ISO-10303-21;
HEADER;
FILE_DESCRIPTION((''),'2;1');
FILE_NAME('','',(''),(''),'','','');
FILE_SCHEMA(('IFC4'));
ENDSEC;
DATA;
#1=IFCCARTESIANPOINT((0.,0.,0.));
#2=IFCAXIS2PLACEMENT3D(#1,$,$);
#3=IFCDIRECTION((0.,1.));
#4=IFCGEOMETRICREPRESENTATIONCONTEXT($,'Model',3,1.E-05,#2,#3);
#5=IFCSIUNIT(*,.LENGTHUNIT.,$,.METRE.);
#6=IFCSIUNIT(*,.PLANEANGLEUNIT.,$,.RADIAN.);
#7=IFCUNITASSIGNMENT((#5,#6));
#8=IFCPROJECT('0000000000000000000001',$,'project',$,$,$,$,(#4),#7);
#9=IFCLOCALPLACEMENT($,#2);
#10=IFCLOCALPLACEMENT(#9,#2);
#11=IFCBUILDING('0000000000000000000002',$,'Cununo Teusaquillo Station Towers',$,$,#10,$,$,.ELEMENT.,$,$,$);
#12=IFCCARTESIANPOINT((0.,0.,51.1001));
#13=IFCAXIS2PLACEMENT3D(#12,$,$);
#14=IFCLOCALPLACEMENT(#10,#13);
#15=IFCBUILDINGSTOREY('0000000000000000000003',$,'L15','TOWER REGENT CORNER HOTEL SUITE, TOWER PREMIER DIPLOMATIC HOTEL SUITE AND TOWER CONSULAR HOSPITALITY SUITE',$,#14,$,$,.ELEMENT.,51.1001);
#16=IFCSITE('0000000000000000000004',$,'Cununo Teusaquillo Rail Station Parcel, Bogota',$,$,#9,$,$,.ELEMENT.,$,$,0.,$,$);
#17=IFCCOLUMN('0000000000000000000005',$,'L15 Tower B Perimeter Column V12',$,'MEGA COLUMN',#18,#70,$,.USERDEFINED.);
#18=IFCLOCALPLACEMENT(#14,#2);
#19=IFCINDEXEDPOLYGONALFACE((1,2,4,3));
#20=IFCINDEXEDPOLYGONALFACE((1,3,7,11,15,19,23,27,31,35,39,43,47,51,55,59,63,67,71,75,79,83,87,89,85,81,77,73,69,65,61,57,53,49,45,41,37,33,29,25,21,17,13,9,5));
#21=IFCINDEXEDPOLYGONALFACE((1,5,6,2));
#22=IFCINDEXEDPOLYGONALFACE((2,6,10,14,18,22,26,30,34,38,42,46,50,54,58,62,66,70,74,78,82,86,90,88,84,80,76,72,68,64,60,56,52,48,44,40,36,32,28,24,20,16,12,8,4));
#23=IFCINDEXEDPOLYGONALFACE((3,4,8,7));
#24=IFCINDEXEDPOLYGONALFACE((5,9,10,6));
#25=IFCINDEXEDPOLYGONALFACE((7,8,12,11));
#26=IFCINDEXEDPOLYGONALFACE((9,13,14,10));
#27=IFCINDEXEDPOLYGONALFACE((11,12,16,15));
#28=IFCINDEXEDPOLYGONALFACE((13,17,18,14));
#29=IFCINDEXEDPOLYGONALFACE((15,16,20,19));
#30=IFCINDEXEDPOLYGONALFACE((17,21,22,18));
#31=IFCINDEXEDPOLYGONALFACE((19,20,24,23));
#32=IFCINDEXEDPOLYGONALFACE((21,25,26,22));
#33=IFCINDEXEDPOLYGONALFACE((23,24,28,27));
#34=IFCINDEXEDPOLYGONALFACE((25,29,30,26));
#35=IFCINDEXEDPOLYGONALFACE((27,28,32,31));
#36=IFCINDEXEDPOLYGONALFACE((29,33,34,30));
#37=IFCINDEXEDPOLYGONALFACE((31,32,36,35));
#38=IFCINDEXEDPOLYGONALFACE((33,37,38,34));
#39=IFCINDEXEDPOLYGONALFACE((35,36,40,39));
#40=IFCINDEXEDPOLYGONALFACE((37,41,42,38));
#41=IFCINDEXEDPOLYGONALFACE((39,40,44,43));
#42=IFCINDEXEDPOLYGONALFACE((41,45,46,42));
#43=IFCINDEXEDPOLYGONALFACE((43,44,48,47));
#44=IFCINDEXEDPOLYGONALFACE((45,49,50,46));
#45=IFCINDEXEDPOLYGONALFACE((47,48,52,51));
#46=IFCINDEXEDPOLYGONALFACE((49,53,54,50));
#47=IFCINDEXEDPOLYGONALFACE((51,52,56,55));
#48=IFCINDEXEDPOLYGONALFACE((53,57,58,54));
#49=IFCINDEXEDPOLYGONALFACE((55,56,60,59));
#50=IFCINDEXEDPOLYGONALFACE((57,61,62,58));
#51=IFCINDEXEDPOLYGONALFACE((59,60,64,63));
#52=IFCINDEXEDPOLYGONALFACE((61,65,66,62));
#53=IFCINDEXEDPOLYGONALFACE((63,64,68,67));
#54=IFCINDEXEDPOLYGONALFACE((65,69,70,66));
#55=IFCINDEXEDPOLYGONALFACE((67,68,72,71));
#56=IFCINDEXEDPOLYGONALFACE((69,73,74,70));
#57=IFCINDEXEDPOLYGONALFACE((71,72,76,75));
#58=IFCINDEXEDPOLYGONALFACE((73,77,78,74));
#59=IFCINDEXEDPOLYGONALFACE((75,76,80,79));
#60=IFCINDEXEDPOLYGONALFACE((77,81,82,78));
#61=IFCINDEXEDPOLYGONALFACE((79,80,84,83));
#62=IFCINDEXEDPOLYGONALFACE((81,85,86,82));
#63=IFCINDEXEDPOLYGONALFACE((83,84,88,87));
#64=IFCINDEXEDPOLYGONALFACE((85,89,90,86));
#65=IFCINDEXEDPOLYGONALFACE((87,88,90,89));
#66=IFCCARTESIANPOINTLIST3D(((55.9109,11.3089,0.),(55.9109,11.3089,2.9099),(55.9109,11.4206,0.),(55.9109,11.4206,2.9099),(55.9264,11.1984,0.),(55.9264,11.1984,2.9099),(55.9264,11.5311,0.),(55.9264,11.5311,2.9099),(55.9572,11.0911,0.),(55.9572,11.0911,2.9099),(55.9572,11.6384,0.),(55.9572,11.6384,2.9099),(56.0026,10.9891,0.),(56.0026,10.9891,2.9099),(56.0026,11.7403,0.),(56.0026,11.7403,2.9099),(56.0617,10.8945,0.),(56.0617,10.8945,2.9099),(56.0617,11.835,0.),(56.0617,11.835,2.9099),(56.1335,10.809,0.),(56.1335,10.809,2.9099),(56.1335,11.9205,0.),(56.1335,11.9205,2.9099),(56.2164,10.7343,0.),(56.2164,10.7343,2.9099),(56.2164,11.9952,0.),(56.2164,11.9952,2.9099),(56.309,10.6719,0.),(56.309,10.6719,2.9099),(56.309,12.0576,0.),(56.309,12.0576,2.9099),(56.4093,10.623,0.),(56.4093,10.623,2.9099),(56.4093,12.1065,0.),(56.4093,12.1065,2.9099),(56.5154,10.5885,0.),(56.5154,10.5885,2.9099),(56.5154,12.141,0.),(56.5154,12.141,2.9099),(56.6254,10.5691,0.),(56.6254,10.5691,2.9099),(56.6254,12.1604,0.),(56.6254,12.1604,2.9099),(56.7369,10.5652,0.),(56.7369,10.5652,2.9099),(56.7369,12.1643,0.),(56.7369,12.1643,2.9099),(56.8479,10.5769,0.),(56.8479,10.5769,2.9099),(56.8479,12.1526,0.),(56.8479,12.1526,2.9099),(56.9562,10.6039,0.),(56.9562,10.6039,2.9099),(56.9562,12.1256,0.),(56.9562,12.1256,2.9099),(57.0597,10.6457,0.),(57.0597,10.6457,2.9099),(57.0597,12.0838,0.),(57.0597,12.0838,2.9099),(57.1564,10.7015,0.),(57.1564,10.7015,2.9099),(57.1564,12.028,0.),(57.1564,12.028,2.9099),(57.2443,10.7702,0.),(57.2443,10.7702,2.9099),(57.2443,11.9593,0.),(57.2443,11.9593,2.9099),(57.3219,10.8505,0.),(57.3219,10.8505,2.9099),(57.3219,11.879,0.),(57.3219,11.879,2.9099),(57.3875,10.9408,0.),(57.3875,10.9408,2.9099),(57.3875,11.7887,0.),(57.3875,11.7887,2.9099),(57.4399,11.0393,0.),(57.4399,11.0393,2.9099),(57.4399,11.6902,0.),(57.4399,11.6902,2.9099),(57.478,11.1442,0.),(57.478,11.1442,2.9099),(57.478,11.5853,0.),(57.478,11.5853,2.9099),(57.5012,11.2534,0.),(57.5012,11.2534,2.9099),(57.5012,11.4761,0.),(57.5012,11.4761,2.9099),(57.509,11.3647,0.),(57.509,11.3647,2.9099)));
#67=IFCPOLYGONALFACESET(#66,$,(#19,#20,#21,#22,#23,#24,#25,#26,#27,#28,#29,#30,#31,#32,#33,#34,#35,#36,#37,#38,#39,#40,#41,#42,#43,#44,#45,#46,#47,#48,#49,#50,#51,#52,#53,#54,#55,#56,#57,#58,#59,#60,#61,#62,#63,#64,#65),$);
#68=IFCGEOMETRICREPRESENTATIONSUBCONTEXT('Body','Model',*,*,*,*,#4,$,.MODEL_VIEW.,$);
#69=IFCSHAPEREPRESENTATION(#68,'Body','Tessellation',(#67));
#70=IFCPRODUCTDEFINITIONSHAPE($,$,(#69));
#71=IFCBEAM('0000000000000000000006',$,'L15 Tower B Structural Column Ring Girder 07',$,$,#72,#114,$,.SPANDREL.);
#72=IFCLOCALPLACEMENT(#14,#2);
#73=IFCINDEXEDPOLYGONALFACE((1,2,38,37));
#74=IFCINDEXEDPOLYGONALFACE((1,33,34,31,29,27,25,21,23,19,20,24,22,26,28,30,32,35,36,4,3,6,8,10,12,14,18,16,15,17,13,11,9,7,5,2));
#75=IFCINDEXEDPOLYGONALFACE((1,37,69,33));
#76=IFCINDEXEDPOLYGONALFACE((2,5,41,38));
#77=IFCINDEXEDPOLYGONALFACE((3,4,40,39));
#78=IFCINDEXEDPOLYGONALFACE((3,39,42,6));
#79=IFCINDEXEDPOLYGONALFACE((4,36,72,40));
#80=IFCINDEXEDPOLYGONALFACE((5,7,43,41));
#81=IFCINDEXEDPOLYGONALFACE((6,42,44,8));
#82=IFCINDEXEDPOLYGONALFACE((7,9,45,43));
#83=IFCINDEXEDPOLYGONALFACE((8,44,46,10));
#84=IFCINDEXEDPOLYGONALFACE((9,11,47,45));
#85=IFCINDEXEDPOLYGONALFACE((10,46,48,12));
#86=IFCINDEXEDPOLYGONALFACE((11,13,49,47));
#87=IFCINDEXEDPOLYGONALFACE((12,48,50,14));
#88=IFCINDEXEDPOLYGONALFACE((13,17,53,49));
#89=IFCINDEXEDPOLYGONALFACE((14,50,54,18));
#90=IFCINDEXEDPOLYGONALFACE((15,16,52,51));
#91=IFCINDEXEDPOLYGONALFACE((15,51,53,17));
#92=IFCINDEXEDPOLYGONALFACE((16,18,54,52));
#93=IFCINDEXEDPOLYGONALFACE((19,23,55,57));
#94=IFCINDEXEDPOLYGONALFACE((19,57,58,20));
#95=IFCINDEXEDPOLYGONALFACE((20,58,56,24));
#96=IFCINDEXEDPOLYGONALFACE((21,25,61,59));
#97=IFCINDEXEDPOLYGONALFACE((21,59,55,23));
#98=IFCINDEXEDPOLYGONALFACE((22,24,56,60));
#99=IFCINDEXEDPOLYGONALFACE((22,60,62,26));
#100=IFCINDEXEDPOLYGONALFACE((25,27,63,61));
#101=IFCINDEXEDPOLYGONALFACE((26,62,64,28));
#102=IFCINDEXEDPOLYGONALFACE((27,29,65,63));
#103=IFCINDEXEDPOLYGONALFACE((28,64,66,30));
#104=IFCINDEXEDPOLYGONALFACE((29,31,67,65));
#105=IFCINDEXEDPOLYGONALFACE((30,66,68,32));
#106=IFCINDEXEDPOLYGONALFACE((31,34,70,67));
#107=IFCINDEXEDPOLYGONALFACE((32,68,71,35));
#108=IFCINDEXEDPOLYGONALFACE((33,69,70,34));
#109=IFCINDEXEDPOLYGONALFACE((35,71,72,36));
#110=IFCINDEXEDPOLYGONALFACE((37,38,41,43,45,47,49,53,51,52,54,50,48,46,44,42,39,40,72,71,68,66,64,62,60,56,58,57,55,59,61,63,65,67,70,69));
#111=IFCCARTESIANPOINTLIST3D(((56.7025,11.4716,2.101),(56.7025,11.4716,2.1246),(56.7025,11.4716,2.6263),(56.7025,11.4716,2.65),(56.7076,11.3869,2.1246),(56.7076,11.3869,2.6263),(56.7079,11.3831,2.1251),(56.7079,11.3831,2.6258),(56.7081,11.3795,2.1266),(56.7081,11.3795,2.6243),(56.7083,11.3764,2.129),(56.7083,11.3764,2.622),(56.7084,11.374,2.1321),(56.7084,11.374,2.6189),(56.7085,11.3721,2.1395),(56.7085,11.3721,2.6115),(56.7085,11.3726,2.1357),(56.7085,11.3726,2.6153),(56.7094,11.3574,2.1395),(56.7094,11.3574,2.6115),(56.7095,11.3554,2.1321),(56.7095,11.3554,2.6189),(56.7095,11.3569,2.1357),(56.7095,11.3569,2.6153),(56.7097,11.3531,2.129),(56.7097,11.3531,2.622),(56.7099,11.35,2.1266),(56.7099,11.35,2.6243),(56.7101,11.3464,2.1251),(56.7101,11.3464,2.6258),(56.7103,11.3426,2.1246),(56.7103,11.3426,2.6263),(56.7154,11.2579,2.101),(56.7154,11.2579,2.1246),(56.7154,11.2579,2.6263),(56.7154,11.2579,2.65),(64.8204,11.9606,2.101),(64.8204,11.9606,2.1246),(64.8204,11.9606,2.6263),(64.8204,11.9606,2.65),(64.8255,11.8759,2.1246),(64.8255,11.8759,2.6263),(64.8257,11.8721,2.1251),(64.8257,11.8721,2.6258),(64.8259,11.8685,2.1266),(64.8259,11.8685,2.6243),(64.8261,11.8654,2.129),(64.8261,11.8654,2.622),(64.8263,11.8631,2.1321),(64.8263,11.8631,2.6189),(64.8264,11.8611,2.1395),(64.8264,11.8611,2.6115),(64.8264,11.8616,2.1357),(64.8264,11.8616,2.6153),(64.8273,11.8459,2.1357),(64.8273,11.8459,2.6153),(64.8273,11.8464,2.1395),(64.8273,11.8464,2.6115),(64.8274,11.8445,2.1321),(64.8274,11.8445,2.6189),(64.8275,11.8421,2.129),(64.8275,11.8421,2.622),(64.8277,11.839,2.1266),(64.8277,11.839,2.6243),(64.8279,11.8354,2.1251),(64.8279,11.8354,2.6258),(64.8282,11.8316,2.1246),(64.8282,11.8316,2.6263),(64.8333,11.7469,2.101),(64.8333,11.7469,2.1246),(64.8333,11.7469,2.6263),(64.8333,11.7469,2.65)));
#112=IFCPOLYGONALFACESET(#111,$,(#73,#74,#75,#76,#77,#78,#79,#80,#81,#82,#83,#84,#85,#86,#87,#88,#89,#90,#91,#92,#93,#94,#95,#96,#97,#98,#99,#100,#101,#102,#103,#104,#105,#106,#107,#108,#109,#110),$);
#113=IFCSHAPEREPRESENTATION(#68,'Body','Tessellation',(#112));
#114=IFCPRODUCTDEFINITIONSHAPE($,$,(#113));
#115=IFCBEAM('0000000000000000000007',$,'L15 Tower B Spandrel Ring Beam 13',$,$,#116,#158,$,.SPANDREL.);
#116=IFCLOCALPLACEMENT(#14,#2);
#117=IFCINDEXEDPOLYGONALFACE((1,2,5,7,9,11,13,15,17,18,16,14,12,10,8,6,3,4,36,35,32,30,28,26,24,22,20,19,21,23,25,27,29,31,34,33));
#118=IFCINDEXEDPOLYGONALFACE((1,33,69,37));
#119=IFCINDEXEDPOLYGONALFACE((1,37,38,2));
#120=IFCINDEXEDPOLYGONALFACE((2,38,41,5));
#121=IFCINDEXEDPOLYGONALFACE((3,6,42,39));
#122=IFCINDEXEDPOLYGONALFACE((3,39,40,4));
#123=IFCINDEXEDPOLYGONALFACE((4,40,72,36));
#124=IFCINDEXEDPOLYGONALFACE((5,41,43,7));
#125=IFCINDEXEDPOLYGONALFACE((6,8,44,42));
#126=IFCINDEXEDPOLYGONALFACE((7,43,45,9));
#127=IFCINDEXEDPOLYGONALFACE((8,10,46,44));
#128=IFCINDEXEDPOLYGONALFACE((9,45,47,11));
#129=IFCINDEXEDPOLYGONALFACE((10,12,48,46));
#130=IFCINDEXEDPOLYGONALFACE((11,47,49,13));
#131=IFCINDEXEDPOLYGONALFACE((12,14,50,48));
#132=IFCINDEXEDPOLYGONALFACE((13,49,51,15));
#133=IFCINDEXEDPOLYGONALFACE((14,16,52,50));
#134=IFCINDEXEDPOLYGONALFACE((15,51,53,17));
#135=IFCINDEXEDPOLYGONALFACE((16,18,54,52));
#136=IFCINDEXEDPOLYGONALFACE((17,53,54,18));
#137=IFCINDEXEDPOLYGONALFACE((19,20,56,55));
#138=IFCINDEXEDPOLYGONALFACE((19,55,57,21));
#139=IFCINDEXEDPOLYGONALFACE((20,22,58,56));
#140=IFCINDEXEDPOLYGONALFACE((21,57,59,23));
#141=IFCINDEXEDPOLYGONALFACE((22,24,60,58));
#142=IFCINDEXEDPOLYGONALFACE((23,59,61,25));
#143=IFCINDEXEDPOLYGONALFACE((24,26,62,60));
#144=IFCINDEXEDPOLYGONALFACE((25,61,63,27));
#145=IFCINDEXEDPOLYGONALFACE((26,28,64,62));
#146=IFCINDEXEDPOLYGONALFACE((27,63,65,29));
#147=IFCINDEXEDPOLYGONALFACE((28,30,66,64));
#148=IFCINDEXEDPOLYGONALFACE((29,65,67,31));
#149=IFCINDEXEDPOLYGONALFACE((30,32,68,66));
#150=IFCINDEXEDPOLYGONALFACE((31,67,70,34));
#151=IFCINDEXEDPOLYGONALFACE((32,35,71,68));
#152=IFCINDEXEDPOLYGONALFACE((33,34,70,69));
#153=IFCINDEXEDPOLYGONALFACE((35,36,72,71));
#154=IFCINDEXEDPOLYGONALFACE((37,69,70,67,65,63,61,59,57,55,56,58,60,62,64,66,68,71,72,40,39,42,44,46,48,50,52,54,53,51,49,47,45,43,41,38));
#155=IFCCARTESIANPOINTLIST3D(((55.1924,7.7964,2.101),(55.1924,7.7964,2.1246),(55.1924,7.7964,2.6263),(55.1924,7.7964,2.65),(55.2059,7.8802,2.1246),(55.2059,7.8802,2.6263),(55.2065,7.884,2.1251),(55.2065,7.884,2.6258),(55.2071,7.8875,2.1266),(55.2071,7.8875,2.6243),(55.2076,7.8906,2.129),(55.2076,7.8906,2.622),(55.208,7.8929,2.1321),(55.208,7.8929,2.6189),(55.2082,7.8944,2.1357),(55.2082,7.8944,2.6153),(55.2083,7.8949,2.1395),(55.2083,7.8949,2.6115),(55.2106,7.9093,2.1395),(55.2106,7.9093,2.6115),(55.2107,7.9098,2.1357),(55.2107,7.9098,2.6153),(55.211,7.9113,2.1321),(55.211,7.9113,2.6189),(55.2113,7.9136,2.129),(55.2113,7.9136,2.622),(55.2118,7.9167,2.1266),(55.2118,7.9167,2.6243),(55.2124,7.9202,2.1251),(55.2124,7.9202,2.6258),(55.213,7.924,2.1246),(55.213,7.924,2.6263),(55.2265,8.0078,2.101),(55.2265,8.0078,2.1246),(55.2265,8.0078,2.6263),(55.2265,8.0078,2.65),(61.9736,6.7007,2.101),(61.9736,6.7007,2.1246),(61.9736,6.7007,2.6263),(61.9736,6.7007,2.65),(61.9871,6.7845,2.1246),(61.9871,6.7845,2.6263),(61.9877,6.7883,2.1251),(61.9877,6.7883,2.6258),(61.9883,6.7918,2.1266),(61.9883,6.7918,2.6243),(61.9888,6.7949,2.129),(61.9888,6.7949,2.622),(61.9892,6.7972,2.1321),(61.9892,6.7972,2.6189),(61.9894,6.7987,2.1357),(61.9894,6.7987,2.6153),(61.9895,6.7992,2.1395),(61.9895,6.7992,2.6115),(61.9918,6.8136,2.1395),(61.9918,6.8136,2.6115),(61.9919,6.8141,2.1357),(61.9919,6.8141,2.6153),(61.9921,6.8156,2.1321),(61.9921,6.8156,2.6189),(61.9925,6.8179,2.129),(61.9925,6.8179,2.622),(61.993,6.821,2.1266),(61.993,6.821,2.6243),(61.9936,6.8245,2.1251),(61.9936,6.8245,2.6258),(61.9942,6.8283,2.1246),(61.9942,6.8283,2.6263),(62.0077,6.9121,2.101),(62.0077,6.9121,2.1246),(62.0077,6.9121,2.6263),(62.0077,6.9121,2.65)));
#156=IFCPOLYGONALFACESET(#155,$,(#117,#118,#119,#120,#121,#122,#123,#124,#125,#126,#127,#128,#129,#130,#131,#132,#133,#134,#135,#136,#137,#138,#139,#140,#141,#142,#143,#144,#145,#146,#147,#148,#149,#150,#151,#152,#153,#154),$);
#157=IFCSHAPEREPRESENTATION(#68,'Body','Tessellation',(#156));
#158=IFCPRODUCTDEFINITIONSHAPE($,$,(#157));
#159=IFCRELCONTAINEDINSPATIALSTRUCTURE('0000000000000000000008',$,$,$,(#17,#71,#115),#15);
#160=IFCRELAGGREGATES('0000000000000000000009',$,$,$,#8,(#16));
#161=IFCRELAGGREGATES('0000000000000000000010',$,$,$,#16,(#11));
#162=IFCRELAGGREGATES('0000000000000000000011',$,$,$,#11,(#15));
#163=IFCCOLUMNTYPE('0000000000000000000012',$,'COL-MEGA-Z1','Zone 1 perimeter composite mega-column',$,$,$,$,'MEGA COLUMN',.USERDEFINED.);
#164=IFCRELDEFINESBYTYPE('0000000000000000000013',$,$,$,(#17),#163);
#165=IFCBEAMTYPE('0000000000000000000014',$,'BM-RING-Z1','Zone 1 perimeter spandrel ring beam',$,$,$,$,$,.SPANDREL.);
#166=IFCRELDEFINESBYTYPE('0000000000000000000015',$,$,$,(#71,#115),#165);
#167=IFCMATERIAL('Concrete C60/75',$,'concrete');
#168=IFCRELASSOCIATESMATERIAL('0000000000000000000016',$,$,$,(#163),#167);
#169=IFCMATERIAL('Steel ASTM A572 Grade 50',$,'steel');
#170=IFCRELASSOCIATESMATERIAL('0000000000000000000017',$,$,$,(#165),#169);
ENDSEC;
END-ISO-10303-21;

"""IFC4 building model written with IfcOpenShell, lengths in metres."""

from ifc_helpers import new_model, si_unit, direction, frame, origin, origin_2d, place, context, subcontext, project, spatial, circle, i_section, extrude, material, material_profile, profile_set, type_object, element, save


model = new_model("IFC4")

# Units and contexts
model_context = context("Model", 3, precision=1e-05, world=origin(), true_north=direction((0.0, 1.0)))
body_context = subcontext(model_context, "Body", "Model", "MODEL_VIEW")
ifc_project = project(units=[si_unit("LENGTHUNIT", "METRE"), si_unit("PLANEANGLEUNIT", "RADIAN")], contexts=[model_context])

# Site, building, storey
site_placement = place(None, origin())
site = spatial("IfcSite", under=ifc_project, at=site_placement, Name="Cununo Teusaquillo Rail Station Parcel, Bogota", CompositionType="ELEMENT", RefElevation=0.0)
building_placement = place(site_placement, origin())
building = spatial("IfcBuilding", under=site, at=building_placement, Name="Cununo Teusaquillo Station Towers", CompositionType="ELEMENT")
storey_placement = place(building_placement, frame((0.0, 0.0, 51.1001)))
storey = spatial("IfcBuildingStorey", under=building, at=storey_placement, Name="L15", Description="TOWER REGENT CORNER HOTEL SUITE, TOWER PREMIER DIPLOMATIC HOTEL SUITE AND TOWER CONSULAR HOSPITALITY SUITE", CompositionType="ELEMENT", Elevation=51.1001)

# Column
ifc_material_1 = material(Name="Concrete C60/75", Category="concrete")
ifc_material_profile_1 = material_profile(ifc_material_1, circle(Radius=0.8, at=origin_2d()), Name="RC-CIRC-1600")
ifc_profile_set_1 = profile_set([ifc_material_profile_1], Name="Concrete C60/75")
column_type = type_object("IfcColumnType", Name="COL-MEGA-Z1", Description="Zone 1 perimeter composite mega-column", ElementType="MEGA COLUMN", PredefinedType="USERDEFINED", material=ifc_profile_set_1)
column_placement = place(storey_placement, frame((56.709, 11.3647, 0.0), z_axis=(0.0, 0.0, 1.0), x_axis=(1.0, 0.0, 0.0)))
element("IfcColumn", 1, at=column_placement, inside=storey, type_object=column_type, Name="L15 Tower B Perimeter Column V12", ObjectType="MEGA COLUMN", PredefinedType="USERDEFINED", context=body_context, shape_type="SweptSolid", body=[
    extrude(circle(Radius=0.8, at=origin_2d()), origin(), (0.0, 0.0, 1.0), 2.9099),
])

# Beams
ifc_material_2 = material(Name="Steel ASTM A572 Grade 50", Category="steel")
ifc_material_profile_2 = material_profile(ifc_material_2, i_section(OverallWidth=0.2141, OverallDepth=0.5491, WebThickness=0.0146, FlangeThickness=0.0237, FilletRadius=0.0149, at=origin_2d()), Name="W21X93")
ifc_profile_set_2 = profile_set([ifc_material_profile_2], Name="Steel ASTM A572 Grade 50")
beam_type = type_object("IfcBeamType", Name="BM-RING-Z1", Description="Zone 1 perimeter spandrel ring beam", PredefinedType="SPANDREL", material=ifc_profile_set_2)
beam_1_placement = place(storey_placement, frame((56.709, 11.3647, 2.3755), z_axis=(0.998191, 0.06013, 0.0), x_axis=(-0.06013, 0.998191, 0.0)))
element("IfcBeam", 2, at=beam_1_placement, inside=storey, type_object=beam_type, Name="L15 Tower B Structural Column Ring Girder 07", PredefinedType="SPANDREL", context=body_context, shape_type="SweptSolid", body=[
    extrude(i_section(OverallWidth=0.2141, OverallDepth=0.5491, WebThickness=0.0146, FlangeThickness=0.0237, FilletRadius=0.0149, at=origin_2d()), origin(), (0.0, 0.0, 1.0), 8.1326),
])
beam_2_placement = place(storey_placement, frame((55.2095, 7.9021, 2.3755), z_axis=(0.987196, -0.15951, 0.0), x_axis=(0.15951, 0.987196, 0.0)))
element("IfcBeam", 3, at=beam_2_placement, inside=storey, type_object=beam_type, Name="L15 Tower B Spandrel Ring Beam 13", PredefinedType="SPANDREL", context=body_context, shape_type="SweptSolid", body=[
    extrude(i_section(OverallWidth=0.2141, OverallDepth=0.5491, WebThickness=0.0146, FlangeThickness=0.0237, FilletRadius=0.0149, at=origin_2d()), origin(), (0.0, 0.0, 1.0), 6.8691),
])

save(model, "model.ifc")
